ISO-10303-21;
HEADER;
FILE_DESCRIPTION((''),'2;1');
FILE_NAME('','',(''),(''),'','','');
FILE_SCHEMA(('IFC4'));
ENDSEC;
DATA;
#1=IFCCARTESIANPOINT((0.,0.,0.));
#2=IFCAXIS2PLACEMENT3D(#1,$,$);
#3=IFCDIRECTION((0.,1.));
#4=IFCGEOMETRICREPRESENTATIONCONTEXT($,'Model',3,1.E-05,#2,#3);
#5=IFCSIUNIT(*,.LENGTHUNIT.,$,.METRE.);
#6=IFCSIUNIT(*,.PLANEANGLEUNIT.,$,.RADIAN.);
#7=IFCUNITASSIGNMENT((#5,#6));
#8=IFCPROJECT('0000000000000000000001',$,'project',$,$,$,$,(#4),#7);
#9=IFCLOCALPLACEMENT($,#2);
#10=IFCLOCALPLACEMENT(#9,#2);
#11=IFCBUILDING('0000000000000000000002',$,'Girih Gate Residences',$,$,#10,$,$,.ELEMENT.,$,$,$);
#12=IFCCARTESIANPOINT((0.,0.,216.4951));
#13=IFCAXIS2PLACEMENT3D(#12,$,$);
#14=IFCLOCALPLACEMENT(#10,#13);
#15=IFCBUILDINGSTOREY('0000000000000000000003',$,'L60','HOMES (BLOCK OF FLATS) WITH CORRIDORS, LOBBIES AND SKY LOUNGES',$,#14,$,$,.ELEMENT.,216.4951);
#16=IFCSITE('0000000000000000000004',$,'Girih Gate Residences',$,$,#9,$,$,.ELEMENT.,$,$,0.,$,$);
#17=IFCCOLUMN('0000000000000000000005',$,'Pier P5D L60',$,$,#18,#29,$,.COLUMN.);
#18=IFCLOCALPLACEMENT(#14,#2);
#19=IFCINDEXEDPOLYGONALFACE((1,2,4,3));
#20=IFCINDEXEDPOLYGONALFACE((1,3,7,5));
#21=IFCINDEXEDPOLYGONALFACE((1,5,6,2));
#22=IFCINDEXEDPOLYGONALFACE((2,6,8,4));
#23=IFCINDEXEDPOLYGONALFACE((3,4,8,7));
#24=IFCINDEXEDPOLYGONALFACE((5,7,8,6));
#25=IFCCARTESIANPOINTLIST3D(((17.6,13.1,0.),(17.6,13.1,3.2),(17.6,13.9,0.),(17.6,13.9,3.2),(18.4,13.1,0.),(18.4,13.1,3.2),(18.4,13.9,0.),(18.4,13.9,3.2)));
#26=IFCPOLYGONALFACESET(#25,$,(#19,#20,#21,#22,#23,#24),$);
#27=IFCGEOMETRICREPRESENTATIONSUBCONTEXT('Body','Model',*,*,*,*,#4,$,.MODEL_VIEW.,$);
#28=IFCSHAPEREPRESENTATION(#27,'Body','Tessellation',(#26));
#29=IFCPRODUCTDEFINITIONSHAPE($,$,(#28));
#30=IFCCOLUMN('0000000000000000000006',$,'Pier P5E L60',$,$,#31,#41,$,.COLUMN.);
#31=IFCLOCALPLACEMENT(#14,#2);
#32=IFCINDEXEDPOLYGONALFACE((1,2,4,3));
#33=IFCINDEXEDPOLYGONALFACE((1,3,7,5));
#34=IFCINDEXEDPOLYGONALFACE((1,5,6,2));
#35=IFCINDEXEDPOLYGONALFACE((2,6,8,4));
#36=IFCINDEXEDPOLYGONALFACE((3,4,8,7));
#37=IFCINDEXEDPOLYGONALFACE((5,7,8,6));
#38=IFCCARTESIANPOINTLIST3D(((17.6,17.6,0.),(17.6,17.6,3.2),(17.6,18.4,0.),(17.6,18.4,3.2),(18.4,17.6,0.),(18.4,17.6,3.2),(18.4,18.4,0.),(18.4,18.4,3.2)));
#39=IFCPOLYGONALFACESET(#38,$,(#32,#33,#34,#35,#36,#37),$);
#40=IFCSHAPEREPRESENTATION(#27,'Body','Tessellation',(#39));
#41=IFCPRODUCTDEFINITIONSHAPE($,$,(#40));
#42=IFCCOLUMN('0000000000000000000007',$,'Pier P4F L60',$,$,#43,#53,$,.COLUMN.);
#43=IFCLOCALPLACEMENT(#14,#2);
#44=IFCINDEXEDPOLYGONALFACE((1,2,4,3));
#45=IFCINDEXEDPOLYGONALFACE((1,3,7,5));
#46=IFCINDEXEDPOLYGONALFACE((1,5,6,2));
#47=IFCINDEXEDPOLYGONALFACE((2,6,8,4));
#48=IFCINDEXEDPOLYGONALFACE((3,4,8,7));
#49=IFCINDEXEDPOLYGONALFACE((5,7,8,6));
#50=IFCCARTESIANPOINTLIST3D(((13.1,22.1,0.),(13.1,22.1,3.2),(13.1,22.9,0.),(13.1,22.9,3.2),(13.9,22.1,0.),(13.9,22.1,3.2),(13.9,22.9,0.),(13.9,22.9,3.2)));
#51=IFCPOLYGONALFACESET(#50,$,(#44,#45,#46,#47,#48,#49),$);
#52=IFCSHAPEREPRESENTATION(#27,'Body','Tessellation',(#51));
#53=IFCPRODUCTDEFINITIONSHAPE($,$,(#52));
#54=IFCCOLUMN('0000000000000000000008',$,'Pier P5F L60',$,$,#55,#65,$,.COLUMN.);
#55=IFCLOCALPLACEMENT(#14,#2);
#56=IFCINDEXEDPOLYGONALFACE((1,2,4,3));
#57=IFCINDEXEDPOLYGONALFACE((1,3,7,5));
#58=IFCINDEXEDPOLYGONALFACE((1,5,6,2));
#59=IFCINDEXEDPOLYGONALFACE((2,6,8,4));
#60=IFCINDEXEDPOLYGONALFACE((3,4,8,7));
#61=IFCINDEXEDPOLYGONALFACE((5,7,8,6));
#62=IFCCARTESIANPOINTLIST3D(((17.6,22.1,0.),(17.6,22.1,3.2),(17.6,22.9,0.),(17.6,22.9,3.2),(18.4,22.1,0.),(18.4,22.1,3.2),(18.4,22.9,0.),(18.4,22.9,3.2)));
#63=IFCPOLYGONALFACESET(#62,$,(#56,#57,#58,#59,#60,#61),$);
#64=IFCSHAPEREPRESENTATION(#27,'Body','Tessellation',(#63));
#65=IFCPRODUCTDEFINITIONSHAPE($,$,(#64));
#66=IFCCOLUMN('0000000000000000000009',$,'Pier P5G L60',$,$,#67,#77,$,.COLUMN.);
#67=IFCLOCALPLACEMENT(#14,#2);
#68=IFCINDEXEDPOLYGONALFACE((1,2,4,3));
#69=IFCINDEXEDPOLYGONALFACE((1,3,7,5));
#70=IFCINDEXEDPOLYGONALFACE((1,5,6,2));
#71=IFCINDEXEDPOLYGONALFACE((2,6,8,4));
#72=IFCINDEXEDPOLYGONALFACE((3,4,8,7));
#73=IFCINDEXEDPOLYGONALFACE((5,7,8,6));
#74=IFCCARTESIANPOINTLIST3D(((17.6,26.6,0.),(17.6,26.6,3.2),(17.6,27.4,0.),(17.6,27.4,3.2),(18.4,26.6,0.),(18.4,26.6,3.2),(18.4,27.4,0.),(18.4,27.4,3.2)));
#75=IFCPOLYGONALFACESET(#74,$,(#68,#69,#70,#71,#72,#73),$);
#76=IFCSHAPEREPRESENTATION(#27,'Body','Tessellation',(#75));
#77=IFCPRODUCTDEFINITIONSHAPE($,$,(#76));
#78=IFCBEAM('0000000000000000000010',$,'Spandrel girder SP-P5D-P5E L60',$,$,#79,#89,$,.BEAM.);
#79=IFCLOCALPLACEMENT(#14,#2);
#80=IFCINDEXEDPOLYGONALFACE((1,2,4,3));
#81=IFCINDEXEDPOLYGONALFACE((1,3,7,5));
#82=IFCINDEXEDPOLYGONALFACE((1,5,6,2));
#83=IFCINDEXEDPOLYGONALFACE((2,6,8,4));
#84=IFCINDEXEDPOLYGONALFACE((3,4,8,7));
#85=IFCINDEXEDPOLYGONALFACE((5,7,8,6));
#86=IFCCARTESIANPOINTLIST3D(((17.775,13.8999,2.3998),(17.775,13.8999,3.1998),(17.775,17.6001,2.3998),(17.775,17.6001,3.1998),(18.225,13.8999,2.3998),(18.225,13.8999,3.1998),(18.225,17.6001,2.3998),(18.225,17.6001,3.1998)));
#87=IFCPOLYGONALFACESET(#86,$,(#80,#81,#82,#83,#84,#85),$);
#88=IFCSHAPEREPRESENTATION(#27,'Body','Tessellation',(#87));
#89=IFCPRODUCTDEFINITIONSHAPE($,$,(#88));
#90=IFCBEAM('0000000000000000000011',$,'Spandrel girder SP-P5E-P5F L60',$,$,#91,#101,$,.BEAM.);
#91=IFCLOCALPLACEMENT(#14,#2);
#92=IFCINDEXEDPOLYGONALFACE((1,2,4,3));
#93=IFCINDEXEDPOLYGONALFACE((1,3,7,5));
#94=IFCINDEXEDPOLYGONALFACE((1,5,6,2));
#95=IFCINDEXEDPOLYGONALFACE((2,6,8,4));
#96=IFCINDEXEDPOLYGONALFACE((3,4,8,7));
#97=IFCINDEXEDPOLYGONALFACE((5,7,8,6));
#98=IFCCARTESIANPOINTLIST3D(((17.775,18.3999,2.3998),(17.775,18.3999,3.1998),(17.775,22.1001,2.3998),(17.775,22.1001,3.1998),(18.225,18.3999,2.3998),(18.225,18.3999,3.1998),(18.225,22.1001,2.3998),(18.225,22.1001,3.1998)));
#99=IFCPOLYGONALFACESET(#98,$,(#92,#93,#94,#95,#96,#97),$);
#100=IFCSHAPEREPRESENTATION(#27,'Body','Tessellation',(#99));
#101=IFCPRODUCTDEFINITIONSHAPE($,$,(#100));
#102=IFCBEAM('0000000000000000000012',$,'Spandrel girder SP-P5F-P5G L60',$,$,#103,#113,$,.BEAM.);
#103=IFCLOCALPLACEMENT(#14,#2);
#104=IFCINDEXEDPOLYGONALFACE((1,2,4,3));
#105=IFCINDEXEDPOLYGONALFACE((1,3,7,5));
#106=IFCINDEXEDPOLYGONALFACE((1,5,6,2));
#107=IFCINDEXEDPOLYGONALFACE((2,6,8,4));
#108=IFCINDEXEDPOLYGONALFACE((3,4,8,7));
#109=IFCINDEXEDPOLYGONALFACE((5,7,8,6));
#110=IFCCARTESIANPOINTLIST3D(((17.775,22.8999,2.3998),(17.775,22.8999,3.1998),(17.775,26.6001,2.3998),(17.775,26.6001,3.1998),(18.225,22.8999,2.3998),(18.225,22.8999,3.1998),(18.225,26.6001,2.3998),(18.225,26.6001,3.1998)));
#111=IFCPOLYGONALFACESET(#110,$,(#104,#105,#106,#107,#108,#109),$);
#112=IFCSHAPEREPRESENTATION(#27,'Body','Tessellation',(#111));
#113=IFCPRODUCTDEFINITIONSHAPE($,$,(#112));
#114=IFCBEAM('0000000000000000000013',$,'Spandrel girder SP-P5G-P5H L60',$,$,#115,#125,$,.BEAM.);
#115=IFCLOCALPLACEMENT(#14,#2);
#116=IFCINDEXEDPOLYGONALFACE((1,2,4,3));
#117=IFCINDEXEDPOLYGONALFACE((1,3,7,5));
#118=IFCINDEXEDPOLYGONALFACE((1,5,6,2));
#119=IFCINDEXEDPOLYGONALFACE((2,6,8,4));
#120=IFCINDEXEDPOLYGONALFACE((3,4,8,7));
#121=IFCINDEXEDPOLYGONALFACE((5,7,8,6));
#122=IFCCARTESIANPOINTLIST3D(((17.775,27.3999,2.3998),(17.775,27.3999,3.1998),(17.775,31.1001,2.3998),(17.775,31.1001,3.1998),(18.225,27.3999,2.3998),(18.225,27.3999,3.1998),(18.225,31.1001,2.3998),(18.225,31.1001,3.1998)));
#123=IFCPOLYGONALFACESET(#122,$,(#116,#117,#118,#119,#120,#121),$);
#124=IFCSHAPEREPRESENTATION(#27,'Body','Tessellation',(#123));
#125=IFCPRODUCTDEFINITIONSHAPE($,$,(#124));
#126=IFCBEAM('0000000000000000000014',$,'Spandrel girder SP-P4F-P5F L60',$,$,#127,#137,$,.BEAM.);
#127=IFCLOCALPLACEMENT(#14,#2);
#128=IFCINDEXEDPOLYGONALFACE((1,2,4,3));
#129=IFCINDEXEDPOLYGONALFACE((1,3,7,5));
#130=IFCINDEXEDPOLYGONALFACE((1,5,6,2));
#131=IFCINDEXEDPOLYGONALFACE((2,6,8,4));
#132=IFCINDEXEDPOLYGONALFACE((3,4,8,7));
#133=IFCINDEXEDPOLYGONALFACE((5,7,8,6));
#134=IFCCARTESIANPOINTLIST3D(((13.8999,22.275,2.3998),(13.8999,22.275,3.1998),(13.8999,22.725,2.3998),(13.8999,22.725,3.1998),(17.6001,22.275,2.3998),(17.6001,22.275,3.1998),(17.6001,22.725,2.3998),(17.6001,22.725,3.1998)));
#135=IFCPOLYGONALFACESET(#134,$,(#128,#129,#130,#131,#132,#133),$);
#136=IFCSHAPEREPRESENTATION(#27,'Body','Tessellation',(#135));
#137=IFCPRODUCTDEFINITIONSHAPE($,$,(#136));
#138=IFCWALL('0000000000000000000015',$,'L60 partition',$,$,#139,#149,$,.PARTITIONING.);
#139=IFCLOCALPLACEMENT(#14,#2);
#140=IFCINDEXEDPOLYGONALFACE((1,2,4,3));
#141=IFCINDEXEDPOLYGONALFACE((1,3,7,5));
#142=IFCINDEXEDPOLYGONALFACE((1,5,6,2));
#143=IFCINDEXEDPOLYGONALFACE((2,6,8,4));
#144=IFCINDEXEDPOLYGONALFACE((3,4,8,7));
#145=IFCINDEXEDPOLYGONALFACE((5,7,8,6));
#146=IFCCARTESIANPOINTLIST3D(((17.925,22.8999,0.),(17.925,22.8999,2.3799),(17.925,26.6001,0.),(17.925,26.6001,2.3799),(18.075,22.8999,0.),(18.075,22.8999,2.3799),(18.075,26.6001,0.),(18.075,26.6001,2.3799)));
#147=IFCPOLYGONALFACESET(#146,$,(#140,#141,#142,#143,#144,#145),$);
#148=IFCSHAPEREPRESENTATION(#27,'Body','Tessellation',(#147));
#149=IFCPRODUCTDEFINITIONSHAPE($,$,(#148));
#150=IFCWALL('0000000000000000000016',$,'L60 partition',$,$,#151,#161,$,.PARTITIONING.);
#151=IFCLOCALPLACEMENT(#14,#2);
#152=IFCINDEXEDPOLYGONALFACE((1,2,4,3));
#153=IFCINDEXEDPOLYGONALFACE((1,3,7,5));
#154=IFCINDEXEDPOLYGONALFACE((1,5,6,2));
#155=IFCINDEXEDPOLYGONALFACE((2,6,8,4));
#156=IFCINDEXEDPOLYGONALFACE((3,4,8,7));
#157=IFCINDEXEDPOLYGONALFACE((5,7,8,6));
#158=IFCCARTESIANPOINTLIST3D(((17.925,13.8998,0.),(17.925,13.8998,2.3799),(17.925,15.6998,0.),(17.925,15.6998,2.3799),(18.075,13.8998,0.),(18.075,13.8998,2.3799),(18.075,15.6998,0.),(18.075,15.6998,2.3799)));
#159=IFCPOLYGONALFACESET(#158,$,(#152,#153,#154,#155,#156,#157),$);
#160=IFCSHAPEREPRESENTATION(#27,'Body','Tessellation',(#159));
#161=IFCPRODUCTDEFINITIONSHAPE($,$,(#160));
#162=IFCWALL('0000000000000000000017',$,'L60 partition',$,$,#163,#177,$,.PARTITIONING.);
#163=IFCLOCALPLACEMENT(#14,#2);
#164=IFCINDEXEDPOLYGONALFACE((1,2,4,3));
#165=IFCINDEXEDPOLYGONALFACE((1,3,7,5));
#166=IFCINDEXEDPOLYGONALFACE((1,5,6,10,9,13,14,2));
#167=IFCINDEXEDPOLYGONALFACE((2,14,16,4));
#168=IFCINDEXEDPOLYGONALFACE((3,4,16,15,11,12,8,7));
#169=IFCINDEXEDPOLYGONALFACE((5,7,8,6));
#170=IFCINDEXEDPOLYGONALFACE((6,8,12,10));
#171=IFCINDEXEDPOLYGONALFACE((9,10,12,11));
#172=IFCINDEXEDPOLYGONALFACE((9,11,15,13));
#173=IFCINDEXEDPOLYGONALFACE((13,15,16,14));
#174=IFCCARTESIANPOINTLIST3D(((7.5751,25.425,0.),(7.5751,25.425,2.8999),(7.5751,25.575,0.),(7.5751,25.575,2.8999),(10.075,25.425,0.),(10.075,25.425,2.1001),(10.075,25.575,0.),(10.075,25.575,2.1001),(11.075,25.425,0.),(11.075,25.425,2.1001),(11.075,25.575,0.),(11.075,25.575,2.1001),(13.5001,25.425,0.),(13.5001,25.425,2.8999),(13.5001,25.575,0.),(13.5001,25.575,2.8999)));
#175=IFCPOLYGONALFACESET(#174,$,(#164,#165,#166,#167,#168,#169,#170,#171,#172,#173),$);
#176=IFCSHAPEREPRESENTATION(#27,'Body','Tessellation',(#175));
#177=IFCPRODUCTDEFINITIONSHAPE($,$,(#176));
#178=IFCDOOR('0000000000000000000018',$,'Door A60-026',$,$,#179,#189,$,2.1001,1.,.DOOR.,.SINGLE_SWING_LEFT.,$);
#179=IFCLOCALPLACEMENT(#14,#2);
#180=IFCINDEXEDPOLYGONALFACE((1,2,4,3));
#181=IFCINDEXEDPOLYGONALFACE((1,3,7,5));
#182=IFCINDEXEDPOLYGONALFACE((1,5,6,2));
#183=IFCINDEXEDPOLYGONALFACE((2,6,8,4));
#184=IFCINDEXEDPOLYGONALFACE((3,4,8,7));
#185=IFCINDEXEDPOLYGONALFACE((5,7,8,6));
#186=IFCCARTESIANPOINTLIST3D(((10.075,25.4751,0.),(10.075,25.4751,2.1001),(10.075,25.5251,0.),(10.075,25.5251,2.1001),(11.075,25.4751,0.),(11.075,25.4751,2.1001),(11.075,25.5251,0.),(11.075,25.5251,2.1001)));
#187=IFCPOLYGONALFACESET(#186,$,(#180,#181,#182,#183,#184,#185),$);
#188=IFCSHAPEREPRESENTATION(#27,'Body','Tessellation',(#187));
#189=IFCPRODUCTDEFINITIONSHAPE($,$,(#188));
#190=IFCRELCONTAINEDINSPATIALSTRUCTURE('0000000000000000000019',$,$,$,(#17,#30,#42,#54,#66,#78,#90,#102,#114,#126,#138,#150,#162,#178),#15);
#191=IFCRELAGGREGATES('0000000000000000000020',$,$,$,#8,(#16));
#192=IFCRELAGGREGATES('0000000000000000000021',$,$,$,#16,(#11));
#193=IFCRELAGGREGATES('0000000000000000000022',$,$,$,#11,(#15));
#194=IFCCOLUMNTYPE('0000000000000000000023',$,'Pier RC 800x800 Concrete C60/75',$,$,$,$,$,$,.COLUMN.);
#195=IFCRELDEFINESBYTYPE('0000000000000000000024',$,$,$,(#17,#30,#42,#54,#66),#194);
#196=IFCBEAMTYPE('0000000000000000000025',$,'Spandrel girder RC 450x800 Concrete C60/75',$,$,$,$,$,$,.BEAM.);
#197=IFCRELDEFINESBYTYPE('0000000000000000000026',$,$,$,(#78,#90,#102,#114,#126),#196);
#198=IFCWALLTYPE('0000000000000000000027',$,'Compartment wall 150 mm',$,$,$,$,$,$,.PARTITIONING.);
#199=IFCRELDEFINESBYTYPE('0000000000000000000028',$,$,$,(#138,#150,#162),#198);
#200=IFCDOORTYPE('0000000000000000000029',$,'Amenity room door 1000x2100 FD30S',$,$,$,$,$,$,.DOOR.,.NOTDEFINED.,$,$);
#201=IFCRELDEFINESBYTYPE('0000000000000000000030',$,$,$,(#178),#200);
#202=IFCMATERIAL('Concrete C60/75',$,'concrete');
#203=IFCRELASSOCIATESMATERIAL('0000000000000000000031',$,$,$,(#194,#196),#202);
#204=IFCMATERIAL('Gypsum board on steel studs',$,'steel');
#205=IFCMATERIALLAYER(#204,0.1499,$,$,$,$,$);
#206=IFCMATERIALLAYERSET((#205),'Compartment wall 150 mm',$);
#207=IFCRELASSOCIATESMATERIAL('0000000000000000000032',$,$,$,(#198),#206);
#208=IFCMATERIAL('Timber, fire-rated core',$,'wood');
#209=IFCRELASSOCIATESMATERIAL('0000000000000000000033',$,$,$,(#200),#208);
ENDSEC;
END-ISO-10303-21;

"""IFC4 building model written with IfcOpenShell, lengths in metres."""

from ifc_helpers import new_model, si_unit, direction, frame, frame_2d, origin, origin_2d, place, context, subcontext, project, spatial, rectangle, extrude, material, layer, layer_set, material_profile, profile_set, type_object, element, fill, save


model = new_model("IFC4")

# Units and contexts
model_context = context("Model", 3, precision=1e-05, world=origin(), true_north=direction((0.0, 1.0)))
body_context = subcontext(model_context, "Body", "Model", "MODEL_VIEW")
ifc_project = project(units=[si_unit("LENGTHUNIT", "METRE"), si_unit("PLANEANGLEUNIT", "RADIAN")], contexts=[model_context])

# Site, building, storey
site_placement = place(None, origin())
site = spatial("IfcSite", under=ifc_project, at=site_placement, Name="Girih Gate Residences", CompositionType="ELEMENT", RefElevation=0.0)
building_placement = place(site_placement, origin())
building = spatial("IfcBuilding", under=site, at=building_placement, Name="Girih Gate Residences", CompositionType="ELEMENT")
storey_placement = place(building_placement, frame((0.0, 0.0, 216.4951)))
storey = spatial("IfcBuildingStorey", under=building, at=storey_placement, Name="L60", Description="HOMES (BLOCK OF FLATS) WITH CORRIDORS, LOBBIES AND SKY LOUNGES", CompositionType="ELEMENT", Elevation=216.4951)

# Columns
ifc_material_1 = material(Name="Concrete C60/75", Category="concrete")
ifc_material_profile_1 = material_profile(ifc_material_1, rectangle(XDim=0.8, YDim=0.8, at=origin_2d()))
ifc_profile_set_1 = profile_set([ifc_material_profile_1], Name="Concrete C60/75")
column_type = type_object("IfcColumnType", Name="Pier RC 800x800 Concrete C60/75", PredefinedType="COLUMN", material=ifc_profile_set_1)
for number, where, z_axis, x_axis, name in (
    (1, (18.0, 13.5, 0.0), (0.0, 0.0, 1.0), (1.0, 0.0, 0.0), "Pier P5D L60"),
    (2, (18.0, 18.0, 0.0), (0.0, 0.0, 1.0), (1.0, 0.0, 0.0), "Pier P5E L60"),
    (3, (13.5, 22.5, 0.0), (0.0, 0.0, 1.0), (1.0, 0.0, 0.0), "Pier P4F L60"),
    (4, (18.0, 22.5, 0.0), (0.0, 0.0, 1.0), (1.0, 0.0, 0.0), "Pier P5F L60"),
    (5, (18.0, 27.0, 0.0), (0.0, 0.0, 1.0), (1.0, 0.0, 0.0), "Pier P5G L60"),
):
    element("IfcColumn", number, at=place(storey_placement, frame(where, z_axis=z_axis, x_axis=x_axis)), inside=storey, type_object=column_type, Name=name, PredefinedType="COLUMN", context=body_context, shape_type="SweptSolid", body=[
        extrude(rectangle(XDim=0.8, YDim=0.8, at=origin_2d()), origin(), (0.0, 0.0, 1.0), 3.2),
    ])

# Beams
ifc_material_profile_2 = material_profile(ifc_material_1, rectangle(XDim=0.45, YDim=0.8, at=origin_2d()))
ifc_profile_set_2 = profile_set([ifc_material_profile_2], Name="Concrete C60/75")
beam_type = type_object("IfcBeamType", Name="Spandrel girder RC 450x800 Concrete C60/75", PredefinedType="BEAM", material=ifc_profile_set_2)
for number, where, z_axis, x_axis, name in (
    (6, (18.0, 13.8999, 2.7998), (0.0, 1.0, 0.0), (-1.0, 0.0, 0.0), "Spandrel girder SP-P5D-P5E L60"),
    (7, (18.0, 18.3999, 2.7998), (0.0, 1.0, 0.0), (-1.0, 0.0, 0.0), "Spandrel girder SP-P5E-P5F L60"),
    (8, (18.0, 22.8999, 2.7998), (0.0, 1.0, 0.0), (-1.0, 0.0, 0.0), "Spandrel girder SP-P5F-P5G L60"),
    (9, (18.0, 27.3999, 2.7998), (0.0, 1.0, 0.0), (-1.0, 0.0, 0.0), "Spandrel girder SP-P5G-P5H L60"),
    (10, (13.8999, 22.5, 2.7998), (1.0, 0.0, 0.0), (0.0, 1.0, 0.0), "Spandrel girder SP-P4F-P5F L60"),
):
    element("IfcBeam", number, at=place(storey_placement, frame(where, z_axis=z_axis, x_axis=x_axis)), inside=storey, type_object=beam_type, Name=name, PredefinedType="BEAM", context=body_context, shape_type="SweptSolid", body=[
        extrude(rectangle(XDim=0.45, YDim=0.8, at=origin_2d()), origin(), (0.0, 0.0, 1.0), 3.7002),
    ])

# Walls
ifc_material_2 = material(Name="Gypsum board on steel studs", Category="steel")
ifc_layer_1 = layer(ifc_material_2, 0.1499)
ifc_layer_set_1 = layer_set([ifc_layer_1], Name="Compartment wall 150 mm")
wall_type_1 = type_object("IfcWallType", Name="Compartment wall 150 mm", PredefinedType="PARTITIONING", material=ifc_layer_set_1)
wall_1_placement = place(storey_placement, frame((18.0, 22.8999, 0.0), z_axis=(0.0, 0.0, 1.0), x_axis=(0.0, 1.0, 0.0)))
element("IfcWall", 11, at=wall_1_placement, inside=storey, type_object=wall_type_1, Name="L60 partition", PredefinedType="PARTITIONING", context=body_context, shape_type="SweptSolid", body=[
    extrude(rectangle(XDim=3.7002, YDim=0.1499, at=frame_2d((1.8501, 0.0))), origin(), (0.0, 0.0, 1.0), 2.3799),
])
wall_2_placement = place(storey_placement, frame((18.0, 13.8999, 0.0), z_axis=(0.0, 0.0, 1.0), x_axis=(0.0, 1.0, 0.0)))
element("IfcWall", 12, at=wall_2_placement, inside=storey, type_object=wall_type_1, Name="L60 partition", PredefinedType="PARTITIONING", context=body_context, shape_type="SweptSolid", body=[
    extrude(rectangle(XDim=1.8, YDim=0.1499, at=frame_2d((0.8999, 0.0))), origin(), (0.0, 0.0, 1.0), 2.3799),
])

# Wall, opening, door
wall_3_placement = place(storey_placement, frame((13.5, 25.5, 0.0), z_axis=(0.0, 0.0, 1.0), x_axis=(-1.0, 0.0, 0.0)))
wall_3 = element("IfcWall", 13, at=wall_3_placement, inside=storey, type_object=wall_type_1, Name="L60 partition", PredefinedType="PARTITIONING", context=body_context, shape_type="SweptSolid", body=[
    extrude(rectangle(XDim=5.925, YDim=0.1499, at=frame_2d((2.9624, 0.0))), origin(), (0.0, 0.0, 1.0), 2.8999),
])
opening_1_placement = place(wall_3_placement, frame((2.425, 0.0, 0.0)))
opening_1 = element("IfcOpeningElement", 14, at=opening_1_placement, cuts=wall_3, PredefinedType="OPENING", context=body_context, shape_type="SweptSolid", body=[
    extrude(rectangle(XDim=1.0, YDim=2.1001, at=frame_2d((0.5, 1.05))), frame((0.0, 0.085, 0.0), z_axis=(0.0, -1.0, 0.0), x_axis=(1.0, 0.0, 0.0)), (0.0, 0.0, 1.0), 0.1699),
])
ifc_material_3 = material(Name="Timber, fire-rated core", Category="wood")
door_type = type_object("IfcDoorType", Name="Amenity room door 1000x2100 FD30S", OperationType="NOTDEFINED", PredefinedType="DOOR", material=ifc_material_3)
door_1_placement = place(opening_1_placement, origin())
door_1 = element("IfcDoor", 15, at=door_1_placement, inside=storey, type_object=door_type, Name="Door A60-026", OperationType="SINGLE_SWING_LEFT", OverallHeight=2.1001, OverallWidth=1.0, PredefinedType="DOOR", context=body_context, shape_type="SweptSolid", body=[
    extrude(rectangle(XDim=1.0, YDim=2.1001, at=frame_2d((0.5, 1.05))), frame((0.0, 0.0249, 0.0), z_axis=(0.0, -1.0, 0.0), x_axis=(1.0, 0.0, 0.0)), (0.0, 0.0, 1.0), 0.05),
])
fill(opening_1, door_1)

save(model, "model.ifc")
